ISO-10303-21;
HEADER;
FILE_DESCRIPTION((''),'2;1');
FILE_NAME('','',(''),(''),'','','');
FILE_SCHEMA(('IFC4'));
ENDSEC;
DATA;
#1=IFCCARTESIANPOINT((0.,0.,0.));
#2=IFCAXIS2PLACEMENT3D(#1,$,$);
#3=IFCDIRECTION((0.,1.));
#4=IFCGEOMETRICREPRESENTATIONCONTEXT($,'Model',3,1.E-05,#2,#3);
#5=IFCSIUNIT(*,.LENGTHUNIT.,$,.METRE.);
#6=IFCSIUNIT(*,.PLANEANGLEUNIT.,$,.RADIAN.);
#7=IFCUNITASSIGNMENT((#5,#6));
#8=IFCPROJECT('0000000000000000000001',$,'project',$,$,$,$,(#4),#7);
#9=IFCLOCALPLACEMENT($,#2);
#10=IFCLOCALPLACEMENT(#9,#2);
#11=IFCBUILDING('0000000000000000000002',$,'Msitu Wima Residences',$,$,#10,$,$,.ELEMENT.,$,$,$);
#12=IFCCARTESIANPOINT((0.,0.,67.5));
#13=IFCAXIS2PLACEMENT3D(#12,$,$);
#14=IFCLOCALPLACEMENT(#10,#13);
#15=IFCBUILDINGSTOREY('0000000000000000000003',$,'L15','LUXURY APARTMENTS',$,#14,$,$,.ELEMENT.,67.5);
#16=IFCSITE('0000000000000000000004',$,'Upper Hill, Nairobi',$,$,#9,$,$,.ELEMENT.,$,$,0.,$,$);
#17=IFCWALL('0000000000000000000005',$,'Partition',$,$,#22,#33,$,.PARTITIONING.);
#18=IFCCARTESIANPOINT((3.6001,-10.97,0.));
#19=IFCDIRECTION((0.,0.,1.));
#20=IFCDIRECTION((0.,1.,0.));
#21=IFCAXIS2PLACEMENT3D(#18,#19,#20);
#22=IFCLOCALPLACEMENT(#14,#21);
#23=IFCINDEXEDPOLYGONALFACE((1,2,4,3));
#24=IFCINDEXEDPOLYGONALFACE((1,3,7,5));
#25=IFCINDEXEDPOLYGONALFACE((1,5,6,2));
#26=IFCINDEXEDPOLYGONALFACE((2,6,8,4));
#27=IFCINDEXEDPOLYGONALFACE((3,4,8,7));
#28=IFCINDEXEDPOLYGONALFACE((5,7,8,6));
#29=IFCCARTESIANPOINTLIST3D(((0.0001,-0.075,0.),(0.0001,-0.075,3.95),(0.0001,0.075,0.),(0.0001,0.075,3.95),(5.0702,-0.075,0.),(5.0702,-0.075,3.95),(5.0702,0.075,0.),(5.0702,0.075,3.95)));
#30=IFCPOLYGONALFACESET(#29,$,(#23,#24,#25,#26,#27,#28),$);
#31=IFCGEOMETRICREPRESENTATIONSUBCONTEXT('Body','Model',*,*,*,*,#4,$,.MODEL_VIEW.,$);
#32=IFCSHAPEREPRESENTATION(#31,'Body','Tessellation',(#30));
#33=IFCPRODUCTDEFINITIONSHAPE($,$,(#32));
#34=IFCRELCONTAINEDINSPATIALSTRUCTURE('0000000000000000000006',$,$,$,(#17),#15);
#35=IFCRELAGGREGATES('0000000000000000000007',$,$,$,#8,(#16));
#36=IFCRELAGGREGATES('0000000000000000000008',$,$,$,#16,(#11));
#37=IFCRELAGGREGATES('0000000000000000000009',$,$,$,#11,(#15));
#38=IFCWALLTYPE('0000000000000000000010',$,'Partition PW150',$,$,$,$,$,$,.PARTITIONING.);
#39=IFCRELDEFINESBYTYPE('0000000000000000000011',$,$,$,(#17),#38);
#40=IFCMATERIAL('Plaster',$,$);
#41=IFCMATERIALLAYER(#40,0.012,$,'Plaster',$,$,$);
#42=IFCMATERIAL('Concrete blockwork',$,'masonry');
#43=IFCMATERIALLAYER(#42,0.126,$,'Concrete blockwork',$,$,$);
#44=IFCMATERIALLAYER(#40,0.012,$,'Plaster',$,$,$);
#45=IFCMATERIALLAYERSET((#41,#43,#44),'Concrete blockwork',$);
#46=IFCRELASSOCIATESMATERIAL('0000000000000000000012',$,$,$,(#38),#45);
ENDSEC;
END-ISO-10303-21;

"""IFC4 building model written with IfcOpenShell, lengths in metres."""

from ifc_helpers import new_model, si_unit, direction, frame, frame_2d, origin, place, context, subcontext, project, spatial, rectangle, extrude, material, layer, layer_set, type_object, element, save


model = new_model("IFC4")

# Units and contexts
model_context = context("Model", 3, precision=1e-05, world=origin(), true_north=direction((0.0, 1.0)))
body_context = subcontext(model_context, "Body", "Model", "MODEL_VIEW")
ifc_project = project(units=[si_unit("LENGTHUNIT", "METRE"), si_unit("PLANEANGLEUNIT", "RADIAN")], contexts=[model_context])

# Site, building, storey
site_placement = place(None, origin())
site = spatial("IfcSite", under=ifc_project, at=site_placement, Name="Upper Hill, Nairobi", CompositionType="ELEMENT", RefElevation=0.0)
building_placement = place(site_placement, origin())
building = spatial("IfcBuilding", under=site, at=building_placement, Name="Msitu Wima Residences", CompositionType="ELEMENT")
storey_placement = place(building_placement, frame((0.0, 0.0, 67.5)))
storey = spatial("IfcBuildingStorey", under=building, at=storey_placement, Name="L15", Description="LUXURY APARTMENTS", CompositionType="ELEMENT", Elevation=67.5)

# Wall
ifc_material_1 = material(Name="Plaster")
ifc_layer_1 = layer(ifc_material_1, 0.012, Name="Plaster")
ifc_material_2 = material(Name="Concrete blockwork", Category="masonry")
ifc_layer_2 = layer(ifc_material_2, 0.126, Name="Concrete blockwork")
ifc_layer_3 = layer(ifc_material_1, 0.012, Name="Plaster")
ifc_layer_set_1 = layer_set([ifc_layer_1, ifc_layer_2, ifc_layer_3], Name="Concrete blockwork")
wall_type_1 = type_object("IfcWallType", Name="Partition PW150", PredefinedType="PARTITIONING", material=ifc_layer_set_1)
wall_1_placement = place(storey_placement, frame((3.6001, -10.97, 0.0), z_axis=(0.0, 0.0, 1.0), x_axis=(0.0, 1.0, 0.0)))
element("IfcWall", 1, at=wall_1_placement, inside=storey, type_object=wall_type_1, Name="Partition", PredefinedType="PARTITIONING", context=body_context, shape_type="SweptSolid", body=[
    extrude(rectangle(XDim=5.0701, YDim=0.1499, at=frame_2d((2.5352, 0.0))), origin(), (0.0, 0.0, 1.0), 3.95),
])

save(model, "model.ifc")
